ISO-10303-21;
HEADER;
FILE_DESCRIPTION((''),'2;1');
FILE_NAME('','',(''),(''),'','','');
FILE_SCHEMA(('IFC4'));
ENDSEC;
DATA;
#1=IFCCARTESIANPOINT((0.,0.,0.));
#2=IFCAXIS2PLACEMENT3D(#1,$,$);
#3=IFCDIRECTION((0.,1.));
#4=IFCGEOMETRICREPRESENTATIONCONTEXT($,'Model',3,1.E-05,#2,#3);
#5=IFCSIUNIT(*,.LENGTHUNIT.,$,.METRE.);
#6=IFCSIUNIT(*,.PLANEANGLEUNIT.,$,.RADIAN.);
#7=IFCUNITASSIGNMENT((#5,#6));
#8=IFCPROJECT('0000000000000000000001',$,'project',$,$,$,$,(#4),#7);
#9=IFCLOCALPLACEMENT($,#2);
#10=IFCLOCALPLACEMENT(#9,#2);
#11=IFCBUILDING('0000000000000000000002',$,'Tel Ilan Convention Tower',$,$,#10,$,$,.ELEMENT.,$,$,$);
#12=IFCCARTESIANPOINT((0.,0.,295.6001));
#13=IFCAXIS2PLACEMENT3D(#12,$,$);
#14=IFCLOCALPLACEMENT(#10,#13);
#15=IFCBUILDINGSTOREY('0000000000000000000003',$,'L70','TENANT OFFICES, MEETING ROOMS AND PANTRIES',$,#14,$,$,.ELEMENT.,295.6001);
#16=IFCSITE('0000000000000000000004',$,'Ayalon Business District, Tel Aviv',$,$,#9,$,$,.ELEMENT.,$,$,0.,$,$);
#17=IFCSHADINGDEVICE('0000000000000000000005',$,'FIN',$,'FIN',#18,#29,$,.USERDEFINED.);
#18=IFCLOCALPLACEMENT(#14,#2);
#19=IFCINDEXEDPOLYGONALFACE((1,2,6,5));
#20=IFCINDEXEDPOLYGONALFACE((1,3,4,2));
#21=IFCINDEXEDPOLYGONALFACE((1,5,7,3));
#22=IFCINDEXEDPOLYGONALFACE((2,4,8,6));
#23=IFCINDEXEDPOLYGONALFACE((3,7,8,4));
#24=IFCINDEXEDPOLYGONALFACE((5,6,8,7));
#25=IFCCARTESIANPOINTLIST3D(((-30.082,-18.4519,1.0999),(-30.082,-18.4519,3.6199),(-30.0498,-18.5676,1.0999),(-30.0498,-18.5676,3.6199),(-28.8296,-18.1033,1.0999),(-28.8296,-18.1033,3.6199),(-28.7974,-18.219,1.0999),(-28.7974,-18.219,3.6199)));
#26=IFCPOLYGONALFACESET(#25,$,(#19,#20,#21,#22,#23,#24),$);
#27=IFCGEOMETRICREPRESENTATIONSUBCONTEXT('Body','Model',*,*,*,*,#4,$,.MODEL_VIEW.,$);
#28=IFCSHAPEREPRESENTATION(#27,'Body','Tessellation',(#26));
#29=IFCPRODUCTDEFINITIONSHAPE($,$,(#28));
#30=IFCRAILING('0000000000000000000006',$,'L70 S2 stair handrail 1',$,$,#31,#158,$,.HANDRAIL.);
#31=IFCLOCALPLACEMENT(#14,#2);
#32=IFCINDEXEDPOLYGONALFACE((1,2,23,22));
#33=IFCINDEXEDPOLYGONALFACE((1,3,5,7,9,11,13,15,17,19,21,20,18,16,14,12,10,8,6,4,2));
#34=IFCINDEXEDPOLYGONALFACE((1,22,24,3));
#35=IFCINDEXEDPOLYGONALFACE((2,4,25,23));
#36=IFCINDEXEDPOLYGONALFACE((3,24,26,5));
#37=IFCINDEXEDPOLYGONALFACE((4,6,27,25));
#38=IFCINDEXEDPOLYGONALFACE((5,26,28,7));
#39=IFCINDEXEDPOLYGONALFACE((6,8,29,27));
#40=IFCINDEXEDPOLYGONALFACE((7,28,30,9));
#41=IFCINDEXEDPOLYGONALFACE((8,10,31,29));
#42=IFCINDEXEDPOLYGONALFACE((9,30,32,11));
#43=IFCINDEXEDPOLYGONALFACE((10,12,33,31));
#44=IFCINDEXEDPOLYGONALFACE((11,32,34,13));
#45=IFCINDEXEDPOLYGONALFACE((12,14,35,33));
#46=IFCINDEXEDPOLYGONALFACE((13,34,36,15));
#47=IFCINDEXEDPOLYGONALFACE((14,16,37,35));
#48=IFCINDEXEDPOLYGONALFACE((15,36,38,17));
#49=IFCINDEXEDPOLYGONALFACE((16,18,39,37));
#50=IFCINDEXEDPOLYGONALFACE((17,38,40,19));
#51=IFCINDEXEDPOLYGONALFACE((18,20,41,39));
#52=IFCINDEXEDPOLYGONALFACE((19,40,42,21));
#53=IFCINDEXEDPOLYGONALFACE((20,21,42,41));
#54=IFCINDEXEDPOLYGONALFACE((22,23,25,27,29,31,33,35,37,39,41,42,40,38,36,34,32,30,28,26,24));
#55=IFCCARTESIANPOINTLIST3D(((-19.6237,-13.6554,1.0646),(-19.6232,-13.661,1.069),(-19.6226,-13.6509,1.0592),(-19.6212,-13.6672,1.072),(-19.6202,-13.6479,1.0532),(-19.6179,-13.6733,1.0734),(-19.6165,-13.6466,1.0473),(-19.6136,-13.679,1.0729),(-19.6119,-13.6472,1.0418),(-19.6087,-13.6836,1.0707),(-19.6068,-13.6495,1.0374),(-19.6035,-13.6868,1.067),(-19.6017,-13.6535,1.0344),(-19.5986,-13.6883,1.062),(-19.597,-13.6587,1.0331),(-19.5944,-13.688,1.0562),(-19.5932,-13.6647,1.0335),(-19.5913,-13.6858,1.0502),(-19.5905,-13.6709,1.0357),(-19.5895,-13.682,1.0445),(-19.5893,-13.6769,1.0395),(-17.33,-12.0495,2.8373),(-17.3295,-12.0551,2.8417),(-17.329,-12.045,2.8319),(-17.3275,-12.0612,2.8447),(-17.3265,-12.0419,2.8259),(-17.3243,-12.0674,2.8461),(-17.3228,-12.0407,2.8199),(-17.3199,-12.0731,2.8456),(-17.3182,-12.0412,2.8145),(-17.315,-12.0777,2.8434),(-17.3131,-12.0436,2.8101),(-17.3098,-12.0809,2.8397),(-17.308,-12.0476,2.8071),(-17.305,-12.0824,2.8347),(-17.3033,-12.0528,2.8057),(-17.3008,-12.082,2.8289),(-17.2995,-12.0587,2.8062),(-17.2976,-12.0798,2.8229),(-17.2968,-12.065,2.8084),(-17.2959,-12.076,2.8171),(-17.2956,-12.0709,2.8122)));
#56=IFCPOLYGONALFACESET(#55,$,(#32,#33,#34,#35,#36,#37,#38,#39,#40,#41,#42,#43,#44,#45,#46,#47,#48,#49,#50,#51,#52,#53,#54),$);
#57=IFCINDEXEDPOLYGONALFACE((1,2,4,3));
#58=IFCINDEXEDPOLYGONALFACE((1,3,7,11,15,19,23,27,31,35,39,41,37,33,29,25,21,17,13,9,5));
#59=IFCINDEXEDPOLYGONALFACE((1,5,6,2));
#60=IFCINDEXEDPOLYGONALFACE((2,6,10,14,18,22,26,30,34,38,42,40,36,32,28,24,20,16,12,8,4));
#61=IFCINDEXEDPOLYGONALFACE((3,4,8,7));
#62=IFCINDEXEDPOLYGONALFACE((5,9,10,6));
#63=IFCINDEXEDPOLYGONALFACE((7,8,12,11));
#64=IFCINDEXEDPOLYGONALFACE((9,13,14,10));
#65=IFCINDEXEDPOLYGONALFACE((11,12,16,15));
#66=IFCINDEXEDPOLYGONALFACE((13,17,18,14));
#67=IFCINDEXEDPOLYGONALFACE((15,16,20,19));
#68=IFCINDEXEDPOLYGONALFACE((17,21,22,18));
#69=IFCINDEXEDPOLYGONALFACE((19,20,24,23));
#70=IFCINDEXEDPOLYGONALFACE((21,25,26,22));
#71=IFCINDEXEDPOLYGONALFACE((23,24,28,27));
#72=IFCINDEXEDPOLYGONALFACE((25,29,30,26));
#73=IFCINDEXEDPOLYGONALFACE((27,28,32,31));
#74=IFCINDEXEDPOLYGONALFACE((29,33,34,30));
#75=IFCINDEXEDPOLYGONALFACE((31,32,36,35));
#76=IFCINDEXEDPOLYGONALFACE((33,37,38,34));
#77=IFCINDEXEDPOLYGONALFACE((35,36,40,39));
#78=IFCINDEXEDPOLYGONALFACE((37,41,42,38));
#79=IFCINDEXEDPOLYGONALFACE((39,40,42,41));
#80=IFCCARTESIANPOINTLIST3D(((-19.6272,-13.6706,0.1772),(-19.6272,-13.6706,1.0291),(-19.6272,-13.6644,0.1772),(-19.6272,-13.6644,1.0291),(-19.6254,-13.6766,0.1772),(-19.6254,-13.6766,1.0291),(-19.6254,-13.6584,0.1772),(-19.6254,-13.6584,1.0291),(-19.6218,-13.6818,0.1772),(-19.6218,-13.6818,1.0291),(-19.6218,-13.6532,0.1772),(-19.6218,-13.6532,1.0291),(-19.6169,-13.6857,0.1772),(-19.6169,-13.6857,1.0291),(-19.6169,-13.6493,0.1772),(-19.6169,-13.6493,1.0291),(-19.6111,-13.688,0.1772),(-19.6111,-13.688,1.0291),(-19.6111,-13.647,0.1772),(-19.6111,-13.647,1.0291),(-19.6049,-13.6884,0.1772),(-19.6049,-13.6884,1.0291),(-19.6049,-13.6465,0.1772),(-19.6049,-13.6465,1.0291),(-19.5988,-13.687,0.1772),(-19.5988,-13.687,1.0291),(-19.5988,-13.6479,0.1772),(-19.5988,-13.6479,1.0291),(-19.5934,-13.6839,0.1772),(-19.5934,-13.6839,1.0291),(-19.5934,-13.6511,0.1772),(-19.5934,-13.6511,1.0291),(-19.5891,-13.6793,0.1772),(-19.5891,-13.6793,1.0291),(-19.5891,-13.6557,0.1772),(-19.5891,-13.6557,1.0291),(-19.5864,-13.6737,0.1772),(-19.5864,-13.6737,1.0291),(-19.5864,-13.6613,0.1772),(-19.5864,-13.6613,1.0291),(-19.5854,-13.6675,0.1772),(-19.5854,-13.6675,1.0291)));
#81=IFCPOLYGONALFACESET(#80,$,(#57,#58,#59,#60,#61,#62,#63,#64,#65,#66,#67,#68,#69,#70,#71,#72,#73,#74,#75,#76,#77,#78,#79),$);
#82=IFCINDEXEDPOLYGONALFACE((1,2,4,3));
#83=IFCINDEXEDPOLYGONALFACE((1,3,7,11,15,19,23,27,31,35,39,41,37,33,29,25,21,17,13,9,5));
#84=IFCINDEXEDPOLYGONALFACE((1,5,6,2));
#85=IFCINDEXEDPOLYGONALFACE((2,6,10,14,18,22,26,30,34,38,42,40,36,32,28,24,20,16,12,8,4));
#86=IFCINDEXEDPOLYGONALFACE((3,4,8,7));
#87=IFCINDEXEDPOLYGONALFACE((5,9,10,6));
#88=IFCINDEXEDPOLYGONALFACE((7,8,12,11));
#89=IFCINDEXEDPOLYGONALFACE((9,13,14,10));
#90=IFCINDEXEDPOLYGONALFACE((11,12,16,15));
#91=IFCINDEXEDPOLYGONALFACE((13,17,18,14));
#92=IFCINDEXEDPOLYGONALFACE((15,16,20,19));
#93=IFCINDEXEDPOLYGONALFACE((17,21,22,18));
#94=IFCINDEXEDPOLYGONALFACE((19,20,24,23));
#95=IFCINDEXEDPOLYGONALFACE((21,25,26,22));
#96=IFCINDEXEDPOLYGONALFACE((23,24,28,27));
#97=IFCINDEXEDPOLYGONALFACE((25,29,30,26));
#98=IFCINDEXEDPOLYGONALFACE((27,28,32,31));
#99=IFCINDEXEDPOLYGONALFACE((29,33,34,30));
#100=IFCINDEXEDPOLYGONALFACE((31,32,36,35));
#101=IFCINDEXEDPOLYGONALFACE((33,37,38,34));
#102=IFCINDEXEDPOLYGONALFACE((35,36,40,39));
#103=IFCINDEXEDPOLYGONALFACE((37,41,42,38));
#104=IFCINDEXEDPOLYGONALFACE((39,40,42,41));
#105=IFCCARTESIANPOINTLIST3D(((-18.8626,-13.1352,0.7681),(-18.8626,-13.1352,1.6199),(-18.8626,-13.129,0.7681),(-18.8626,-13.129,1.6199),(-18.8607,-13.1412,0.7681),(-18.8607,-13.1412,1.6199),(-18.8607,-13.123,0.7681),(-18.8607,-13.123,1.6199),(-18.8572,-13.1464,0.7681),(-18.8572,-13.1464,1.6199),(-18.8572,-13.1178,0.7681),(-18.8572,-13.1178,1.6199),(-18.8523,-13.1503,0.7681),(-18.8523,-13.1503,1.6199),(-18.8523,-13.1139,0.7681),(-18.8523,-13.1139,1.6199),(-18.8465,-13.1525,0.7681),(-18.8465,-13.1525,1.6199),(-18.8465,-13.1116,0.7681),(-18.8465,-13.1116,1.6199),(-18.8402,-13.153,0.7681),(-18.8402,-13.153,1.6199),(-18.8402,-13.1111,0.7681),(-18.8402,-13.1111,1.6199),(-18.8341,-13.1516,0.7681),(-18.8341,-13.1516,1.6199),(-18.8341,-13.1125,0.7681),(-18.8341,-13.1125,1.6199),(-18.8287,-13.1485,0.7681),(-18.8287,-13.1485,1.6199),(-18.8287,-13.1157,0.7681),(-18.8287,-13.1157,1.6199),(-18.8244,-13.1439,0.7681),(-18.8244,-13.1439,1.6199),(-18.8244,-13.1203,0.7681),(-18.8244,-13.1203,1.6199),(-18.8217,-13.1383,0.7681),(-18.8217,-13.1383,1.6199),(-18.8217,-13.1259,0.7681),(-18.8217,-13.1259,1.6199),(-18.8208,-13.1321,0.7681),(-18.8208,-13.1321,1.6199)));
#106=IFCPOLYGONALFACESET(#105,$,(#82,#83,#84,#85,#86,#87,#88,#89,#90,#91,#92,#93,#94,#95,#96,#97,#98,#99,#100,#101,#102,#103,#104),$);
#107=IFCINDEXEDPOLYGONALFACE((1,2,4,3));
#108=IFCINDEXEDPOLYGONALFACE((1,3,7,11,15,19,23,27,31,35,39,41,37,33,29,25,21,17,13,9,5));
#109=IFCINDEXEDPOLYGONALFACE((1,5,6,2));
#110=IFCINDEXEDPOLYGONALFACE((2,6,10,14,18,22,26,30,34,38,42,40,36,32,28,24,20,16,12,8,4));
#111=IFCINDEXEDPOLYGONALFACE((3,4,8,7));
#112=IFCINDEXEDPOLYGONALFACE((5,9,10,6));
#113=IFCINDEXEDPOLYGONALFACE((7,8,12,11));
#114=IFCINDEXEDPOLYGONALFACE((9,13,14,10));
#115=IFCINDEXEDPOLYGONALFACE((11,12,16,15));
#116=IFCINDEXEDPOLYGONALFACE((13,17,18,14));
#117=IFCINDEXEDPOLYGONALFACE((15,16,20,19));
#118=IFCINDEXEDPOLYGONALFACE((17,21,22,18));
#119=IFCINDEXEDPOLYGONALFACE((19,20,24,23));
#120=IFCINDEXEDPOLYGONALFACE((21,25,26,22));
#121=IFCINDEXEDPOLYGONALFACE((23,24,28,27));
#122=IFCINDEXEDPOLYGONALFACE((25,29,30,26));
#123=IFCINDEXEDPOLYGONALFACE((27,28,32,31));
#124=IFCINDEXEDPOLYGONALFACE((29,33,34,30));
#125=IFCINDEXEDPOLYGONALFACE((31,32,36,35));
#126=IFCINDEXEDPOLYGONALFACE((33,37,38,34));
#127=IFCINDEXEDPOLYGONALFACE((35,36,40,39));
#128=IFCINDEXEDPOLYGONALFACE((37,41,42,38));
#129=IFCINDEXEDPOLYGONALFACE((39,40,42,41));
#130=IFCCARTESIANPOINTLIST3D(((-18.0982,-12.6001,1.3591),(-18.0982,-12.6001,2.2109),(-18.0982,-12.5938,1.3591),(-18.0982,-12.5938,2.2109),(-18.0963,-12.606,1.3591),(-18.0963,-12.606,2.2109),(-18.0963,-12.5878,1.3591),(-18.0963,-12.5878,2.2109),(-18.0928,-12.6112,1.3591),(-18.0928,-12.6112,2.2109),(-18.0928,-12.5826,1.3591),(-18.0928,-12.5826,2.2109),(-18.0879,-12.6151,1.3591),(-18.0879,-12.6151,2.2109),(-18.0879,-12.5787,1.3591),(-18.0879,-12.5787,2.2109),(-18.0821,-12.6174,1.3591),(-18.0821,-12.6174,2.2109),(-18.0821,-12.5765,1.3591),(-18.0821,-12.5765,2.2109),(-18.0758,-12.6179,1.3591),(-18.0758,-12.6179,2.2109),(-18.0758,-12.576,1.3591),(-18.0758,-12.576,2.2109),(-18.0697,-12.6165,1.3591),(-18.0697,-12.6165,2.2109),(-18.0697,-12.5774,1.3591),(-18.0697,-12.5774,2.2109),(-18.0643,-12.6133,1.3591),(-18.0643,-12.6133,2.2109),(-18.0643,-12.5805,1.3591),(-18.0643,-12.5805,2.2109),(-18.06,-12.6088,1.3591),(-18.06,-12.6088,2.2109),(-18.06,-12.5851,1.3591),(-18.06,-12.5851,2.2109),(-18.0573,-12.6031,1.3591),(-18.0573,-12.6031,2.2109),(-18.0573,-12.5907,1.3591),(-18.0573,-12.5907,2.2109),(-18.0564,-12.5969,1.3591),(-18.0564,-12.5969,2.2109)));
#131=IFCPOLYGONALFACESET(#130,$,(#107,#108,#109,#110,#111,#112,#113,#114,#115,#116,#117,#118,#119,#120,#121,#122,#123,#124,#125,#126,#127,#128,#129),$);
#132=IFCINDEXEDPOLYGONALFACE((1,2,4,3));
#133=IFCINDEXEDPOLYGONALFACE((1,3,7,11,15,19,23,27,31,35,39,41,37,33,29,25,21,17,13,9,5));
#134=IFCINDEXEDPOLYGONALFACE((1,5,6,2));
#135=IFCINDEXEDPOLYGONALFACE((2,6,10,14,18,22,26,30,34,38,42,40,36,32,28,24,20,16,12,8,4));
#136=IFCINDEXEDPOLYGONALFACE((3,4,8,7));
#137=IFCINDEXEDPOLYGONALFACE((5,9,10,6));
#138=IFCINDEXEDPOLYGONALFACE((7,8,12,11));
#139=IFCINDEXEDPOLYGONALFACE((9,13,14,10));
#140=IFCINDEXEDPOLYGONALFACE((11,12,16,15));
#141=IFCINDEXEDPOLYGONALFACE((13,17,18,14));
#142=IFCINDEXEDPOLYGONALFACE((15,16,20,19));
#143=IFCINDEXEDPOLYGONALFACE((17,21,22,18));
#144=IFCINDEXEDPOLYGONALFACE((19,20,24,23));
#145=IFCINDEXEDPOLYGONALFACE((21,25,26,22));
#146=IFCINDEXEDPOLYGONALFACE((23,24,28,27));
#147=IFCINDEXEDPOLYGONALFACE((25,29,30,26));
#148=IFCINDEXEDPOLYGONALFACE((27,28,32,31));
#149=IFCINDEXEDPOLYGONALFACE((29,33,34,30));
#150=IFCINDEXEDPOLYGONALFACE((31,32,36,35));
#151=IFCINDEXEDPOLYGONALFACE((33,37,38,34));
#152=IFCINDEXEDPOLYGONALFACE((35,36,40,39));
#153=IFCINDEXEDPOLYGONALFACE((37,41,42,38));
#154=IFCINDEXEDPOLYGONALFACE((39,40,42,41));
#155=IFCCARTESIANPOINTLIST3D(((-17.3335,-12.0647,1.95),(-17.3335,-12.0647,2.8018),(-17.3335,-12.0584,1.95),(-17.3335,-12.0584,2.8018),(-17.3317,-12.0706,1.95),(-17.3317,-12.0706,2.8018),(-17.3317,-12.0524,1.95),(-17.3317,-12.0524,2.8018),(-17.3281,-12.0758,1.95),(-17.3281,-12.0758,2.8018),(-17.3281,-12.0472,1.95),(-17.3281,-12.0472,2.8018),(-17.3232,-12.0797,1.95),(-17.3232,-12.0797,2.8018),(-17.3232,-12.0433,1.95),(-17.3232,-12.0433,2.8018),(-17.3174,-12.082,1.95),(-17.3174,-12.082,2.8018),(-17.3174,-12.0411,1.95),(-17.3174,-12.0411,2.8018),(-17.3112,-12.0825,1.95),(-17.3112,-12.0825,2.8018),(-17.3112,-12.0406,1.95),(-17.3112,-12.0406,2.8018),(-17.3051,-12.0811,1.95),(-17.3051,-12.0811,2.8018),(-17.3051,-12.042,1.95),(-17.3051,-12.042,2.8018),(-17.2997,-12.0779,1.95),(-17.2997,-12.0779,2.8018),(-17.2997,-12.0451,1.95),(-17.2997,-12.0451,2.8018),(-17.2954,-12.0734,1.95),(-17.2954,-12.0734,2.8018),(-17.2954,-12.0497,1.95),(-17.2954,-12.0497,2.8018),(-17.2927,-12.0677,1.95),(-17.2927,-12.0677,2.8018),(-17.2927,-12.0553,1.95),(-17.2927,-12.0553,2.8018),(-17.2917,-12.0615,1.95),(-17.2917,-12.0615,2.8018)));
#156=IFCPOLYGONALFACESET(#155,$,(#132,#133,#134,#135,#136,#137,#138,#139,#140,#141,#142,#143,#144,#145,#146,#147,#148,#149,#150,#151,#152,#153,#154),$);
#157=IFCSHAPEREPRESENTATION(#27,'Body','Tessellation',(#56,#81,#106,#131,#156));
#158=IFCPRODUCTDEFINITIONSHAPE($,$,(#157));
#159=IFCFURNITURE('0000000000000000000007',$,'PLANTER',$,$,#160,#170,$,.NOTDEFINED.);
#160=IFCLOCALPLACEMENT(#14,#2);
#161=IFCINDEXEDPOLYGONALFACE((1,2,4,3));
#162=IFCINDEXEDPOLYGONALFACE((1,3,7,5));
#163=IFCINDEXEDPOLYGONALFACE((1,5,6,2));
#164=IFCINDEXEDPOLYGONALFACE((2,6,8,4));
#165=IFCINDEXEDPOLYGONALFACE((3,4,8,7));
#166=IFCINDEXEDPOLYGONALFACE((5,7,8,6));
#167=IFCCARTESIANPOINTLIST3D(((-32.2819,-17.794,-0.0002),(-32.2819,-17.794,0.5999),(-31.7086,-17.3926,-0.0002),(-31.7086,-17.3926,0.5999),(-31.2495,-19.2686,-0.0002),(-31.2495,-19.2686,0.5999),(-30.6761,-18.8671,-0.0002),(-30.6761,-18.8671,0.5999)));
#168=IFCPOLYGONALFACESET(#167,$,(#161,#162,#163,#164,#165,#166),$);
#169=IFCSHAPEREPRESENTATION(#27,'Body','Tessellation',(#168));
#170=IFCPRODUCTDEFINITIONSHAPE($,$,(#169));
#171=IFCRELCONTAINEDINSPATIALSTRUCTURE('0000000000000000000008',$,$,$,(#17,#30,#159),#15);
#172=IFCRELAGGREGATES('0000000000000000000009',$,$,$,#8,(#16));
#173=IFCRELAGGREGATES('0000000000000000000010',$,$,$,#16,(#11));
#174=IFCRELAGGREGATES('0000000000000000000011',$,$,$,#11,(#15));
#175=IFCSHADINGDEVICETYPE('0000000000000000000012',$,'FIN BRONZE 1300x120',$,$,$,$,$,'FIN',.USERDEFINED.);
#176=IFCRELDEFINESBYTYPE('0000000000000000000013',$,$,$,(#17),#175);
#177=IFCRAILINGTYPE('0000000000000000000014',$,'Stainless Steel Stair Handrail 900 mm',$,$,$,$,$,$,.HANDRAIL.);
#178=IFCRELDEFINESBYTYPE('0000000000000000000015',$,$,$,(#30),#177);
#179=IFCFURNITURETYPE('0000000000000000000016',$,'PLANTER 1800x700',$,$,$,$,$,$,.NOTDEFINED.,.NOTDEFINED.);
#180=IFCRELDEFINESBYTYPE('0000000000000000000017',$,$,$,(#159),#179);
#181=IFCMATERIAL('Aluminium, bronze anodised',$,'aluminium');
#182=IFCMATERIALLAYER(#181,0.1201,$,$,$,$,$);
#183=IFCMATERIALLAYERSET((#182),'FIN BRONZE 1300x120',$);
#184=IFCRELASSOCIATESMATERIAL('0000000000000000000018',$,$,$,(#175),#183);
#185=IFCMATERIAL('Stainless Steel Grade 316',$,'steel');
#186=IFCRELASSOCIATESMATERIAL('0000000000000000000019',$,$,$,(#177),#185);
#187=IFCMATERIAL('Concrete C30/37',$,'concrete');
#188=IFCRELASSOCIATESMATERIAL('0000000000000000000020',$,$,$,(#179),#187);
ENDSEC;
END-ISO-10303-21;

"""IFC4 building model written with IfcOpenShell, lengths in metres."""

from ifc_helpers import new_model, si_unit, direction, frame, origin, origin_2d, place, context, subcontext, project, spatial, rectangle, circle, extrude, material, layer, layer_set, type_object, element, save


model = new_model("IFC4")

# Units and contexts
model_context = context("Model", 3, precision=1e-05, world=origin(), true_north=direction((0.0, 1.0)))
body_context = subcontext(model_context, "Body", "Model", "MODEL_VIEW")
ifc_project = project(units=[si_unit("LENGTHUNIT", "METRE"), si_unit("PLANEANGLEUNIT", "RADIAN")], contexts=[model_context])

# Site, building, storey
site_placement = place(None, origin())
site = spatial("IfcSite", under=ifc_project, at=site_placement, Name="Ayalon Business District, Tel Aviv", CompositionType="ELEMENT", RefElevation=0.0)
building_placement = place(site_placement, origin())
building = spatial("IfcBuilding", under=site, at=building_placement, Name="Tel Ilan Convention Tower", CompositionType="ELEMENT")
storey_placement = place(building_placement, frame((0.0, 0.0, 295.6001)))
storey = spatial("IfcBuildingStorey", under=building, at=storey_placement, Name="L70", Description="TENANT OFFICES, MEETING ROOMS AND PANTRIES", CompositionType="ELEMENT", Elevation=295.6001)

# Shading device
ifc_material_1 = material(Name="Aluminium, bronze anodised", Category="aluminium")
ifc_layer_1 = layer(ifc_material_1, 0.1201)
ifc_layer_set_1 = layer_set([ifc_layer_1], Name="FIN BRONZE 1300x120")
shading_device_type = type_object("IfcShadingDeviceType", Name="FIN BRONZE 1300x120", ElementType="FIN", PredefinedType="USERDEFINED", material=ifc_layer_set_1)
for number, where, z_axis, x_axis, name in (
    (1, (-29.4397, -18.3354, 1.0999), (0.0, 0.0, 1.0), (-0.963371, -0.268173, 0.0), "FIN"),
):
    element("IfcShadingDevice", number, at=place(storey_placement, frame(where, z_axis=z_axis, x_axis=x_axis)), inside=storey, type_object=shading_device_type, Name=name, ObjectType="FIN", PredefinedType="USERDEFINED", context=body_context, shape_type="SweptSolid", body=[
        extrude(rectangle(XDim=1.3, YDim=0.1201, at=origin_2d()), origin(), (0.0, 0.0, 1.0), 2.52),
    ])

# Railing
ifc_material_2 = material(Name="Stainless Steel Grade 316", Category="steel")
railing_type = type_object("IfcRailingType", Name="Stainless Steel Stair Handrail 900 mm", PredefinedType="HANDRAIL", material=ifc_material_2)
railing_placement = place(storey_placement, frame((-19.6064, -13.6675, 0.1772)))
element("IfcRailing", 2, at=railing_placement, inside=storey, type_object=railing_type, Name="L70 S2 stair handrail 1", PredefinedType="HANDRAIL", context=body_context, shape_type="SweptSolid", body=[
    extrude(circle(Radius=0.0239, at=origin_2d()), frame((0.0, 0.0, 0.876), z_axis=(0.692123, 0.484597, 0.534913), x_axis=(-0.57355, 0.81917, 0.0)), (0.0, 0.0, 1.0), 3.314),
    extrude(circle(Radius=0.021, at=origin_2d()), origin(), (0.0, 0.0, 1.0), 0.8518),
    extrude(circle(Radius=0.021, at=origin_2d()), frame((0.7646, 0.5354, 0.5908)), (0.0, 0.0, 1.0), 0.8518),
    extrude(circle(Radius=0.021, at=origin_2d()), frame((1.5291, 1.0706, 1.1819)), (0.0, 0.0, 1.0), 0.8518),
    extrude(circle(Radius=0.021, at=origin_2d()), frame((2.2937, 1.606, 1.7727)), (0.0, 0.0, 1.0), 0.8518),
])

# Furniture
ifc_material_3 = material(Name="Concrete C30/37", Category="concrete")
furniture_type = type_object("IfcFurnitureType", Name="PLANTER 1800x700", AssemblyPlace="NOTDEFINED", PredefinedType="NOTDEFINED", material=ifc_material_3)
furniture_placement = place(storey_placement, frame((-31.479, -18.3306, -0.0002), z_axis=(0.0, 0.0, 1.0), x_axis=(-0.573576, 0.819152, 0.0)))
element("IfcFurniture", 3, at=furniture_placement, inside=storey, type_object=furniture_type, Name="PLANTER", PredefinedType="NOTDEFINED", context=body_context, shape_type="SweptSolid", body=[
    extrude(rectangle(XDim=1.8, YDim=0.7, at=origin_2d()), origin(), (0.0, 0.0, 1.0), 0.6001),
])

save(model, "model.ifc")
